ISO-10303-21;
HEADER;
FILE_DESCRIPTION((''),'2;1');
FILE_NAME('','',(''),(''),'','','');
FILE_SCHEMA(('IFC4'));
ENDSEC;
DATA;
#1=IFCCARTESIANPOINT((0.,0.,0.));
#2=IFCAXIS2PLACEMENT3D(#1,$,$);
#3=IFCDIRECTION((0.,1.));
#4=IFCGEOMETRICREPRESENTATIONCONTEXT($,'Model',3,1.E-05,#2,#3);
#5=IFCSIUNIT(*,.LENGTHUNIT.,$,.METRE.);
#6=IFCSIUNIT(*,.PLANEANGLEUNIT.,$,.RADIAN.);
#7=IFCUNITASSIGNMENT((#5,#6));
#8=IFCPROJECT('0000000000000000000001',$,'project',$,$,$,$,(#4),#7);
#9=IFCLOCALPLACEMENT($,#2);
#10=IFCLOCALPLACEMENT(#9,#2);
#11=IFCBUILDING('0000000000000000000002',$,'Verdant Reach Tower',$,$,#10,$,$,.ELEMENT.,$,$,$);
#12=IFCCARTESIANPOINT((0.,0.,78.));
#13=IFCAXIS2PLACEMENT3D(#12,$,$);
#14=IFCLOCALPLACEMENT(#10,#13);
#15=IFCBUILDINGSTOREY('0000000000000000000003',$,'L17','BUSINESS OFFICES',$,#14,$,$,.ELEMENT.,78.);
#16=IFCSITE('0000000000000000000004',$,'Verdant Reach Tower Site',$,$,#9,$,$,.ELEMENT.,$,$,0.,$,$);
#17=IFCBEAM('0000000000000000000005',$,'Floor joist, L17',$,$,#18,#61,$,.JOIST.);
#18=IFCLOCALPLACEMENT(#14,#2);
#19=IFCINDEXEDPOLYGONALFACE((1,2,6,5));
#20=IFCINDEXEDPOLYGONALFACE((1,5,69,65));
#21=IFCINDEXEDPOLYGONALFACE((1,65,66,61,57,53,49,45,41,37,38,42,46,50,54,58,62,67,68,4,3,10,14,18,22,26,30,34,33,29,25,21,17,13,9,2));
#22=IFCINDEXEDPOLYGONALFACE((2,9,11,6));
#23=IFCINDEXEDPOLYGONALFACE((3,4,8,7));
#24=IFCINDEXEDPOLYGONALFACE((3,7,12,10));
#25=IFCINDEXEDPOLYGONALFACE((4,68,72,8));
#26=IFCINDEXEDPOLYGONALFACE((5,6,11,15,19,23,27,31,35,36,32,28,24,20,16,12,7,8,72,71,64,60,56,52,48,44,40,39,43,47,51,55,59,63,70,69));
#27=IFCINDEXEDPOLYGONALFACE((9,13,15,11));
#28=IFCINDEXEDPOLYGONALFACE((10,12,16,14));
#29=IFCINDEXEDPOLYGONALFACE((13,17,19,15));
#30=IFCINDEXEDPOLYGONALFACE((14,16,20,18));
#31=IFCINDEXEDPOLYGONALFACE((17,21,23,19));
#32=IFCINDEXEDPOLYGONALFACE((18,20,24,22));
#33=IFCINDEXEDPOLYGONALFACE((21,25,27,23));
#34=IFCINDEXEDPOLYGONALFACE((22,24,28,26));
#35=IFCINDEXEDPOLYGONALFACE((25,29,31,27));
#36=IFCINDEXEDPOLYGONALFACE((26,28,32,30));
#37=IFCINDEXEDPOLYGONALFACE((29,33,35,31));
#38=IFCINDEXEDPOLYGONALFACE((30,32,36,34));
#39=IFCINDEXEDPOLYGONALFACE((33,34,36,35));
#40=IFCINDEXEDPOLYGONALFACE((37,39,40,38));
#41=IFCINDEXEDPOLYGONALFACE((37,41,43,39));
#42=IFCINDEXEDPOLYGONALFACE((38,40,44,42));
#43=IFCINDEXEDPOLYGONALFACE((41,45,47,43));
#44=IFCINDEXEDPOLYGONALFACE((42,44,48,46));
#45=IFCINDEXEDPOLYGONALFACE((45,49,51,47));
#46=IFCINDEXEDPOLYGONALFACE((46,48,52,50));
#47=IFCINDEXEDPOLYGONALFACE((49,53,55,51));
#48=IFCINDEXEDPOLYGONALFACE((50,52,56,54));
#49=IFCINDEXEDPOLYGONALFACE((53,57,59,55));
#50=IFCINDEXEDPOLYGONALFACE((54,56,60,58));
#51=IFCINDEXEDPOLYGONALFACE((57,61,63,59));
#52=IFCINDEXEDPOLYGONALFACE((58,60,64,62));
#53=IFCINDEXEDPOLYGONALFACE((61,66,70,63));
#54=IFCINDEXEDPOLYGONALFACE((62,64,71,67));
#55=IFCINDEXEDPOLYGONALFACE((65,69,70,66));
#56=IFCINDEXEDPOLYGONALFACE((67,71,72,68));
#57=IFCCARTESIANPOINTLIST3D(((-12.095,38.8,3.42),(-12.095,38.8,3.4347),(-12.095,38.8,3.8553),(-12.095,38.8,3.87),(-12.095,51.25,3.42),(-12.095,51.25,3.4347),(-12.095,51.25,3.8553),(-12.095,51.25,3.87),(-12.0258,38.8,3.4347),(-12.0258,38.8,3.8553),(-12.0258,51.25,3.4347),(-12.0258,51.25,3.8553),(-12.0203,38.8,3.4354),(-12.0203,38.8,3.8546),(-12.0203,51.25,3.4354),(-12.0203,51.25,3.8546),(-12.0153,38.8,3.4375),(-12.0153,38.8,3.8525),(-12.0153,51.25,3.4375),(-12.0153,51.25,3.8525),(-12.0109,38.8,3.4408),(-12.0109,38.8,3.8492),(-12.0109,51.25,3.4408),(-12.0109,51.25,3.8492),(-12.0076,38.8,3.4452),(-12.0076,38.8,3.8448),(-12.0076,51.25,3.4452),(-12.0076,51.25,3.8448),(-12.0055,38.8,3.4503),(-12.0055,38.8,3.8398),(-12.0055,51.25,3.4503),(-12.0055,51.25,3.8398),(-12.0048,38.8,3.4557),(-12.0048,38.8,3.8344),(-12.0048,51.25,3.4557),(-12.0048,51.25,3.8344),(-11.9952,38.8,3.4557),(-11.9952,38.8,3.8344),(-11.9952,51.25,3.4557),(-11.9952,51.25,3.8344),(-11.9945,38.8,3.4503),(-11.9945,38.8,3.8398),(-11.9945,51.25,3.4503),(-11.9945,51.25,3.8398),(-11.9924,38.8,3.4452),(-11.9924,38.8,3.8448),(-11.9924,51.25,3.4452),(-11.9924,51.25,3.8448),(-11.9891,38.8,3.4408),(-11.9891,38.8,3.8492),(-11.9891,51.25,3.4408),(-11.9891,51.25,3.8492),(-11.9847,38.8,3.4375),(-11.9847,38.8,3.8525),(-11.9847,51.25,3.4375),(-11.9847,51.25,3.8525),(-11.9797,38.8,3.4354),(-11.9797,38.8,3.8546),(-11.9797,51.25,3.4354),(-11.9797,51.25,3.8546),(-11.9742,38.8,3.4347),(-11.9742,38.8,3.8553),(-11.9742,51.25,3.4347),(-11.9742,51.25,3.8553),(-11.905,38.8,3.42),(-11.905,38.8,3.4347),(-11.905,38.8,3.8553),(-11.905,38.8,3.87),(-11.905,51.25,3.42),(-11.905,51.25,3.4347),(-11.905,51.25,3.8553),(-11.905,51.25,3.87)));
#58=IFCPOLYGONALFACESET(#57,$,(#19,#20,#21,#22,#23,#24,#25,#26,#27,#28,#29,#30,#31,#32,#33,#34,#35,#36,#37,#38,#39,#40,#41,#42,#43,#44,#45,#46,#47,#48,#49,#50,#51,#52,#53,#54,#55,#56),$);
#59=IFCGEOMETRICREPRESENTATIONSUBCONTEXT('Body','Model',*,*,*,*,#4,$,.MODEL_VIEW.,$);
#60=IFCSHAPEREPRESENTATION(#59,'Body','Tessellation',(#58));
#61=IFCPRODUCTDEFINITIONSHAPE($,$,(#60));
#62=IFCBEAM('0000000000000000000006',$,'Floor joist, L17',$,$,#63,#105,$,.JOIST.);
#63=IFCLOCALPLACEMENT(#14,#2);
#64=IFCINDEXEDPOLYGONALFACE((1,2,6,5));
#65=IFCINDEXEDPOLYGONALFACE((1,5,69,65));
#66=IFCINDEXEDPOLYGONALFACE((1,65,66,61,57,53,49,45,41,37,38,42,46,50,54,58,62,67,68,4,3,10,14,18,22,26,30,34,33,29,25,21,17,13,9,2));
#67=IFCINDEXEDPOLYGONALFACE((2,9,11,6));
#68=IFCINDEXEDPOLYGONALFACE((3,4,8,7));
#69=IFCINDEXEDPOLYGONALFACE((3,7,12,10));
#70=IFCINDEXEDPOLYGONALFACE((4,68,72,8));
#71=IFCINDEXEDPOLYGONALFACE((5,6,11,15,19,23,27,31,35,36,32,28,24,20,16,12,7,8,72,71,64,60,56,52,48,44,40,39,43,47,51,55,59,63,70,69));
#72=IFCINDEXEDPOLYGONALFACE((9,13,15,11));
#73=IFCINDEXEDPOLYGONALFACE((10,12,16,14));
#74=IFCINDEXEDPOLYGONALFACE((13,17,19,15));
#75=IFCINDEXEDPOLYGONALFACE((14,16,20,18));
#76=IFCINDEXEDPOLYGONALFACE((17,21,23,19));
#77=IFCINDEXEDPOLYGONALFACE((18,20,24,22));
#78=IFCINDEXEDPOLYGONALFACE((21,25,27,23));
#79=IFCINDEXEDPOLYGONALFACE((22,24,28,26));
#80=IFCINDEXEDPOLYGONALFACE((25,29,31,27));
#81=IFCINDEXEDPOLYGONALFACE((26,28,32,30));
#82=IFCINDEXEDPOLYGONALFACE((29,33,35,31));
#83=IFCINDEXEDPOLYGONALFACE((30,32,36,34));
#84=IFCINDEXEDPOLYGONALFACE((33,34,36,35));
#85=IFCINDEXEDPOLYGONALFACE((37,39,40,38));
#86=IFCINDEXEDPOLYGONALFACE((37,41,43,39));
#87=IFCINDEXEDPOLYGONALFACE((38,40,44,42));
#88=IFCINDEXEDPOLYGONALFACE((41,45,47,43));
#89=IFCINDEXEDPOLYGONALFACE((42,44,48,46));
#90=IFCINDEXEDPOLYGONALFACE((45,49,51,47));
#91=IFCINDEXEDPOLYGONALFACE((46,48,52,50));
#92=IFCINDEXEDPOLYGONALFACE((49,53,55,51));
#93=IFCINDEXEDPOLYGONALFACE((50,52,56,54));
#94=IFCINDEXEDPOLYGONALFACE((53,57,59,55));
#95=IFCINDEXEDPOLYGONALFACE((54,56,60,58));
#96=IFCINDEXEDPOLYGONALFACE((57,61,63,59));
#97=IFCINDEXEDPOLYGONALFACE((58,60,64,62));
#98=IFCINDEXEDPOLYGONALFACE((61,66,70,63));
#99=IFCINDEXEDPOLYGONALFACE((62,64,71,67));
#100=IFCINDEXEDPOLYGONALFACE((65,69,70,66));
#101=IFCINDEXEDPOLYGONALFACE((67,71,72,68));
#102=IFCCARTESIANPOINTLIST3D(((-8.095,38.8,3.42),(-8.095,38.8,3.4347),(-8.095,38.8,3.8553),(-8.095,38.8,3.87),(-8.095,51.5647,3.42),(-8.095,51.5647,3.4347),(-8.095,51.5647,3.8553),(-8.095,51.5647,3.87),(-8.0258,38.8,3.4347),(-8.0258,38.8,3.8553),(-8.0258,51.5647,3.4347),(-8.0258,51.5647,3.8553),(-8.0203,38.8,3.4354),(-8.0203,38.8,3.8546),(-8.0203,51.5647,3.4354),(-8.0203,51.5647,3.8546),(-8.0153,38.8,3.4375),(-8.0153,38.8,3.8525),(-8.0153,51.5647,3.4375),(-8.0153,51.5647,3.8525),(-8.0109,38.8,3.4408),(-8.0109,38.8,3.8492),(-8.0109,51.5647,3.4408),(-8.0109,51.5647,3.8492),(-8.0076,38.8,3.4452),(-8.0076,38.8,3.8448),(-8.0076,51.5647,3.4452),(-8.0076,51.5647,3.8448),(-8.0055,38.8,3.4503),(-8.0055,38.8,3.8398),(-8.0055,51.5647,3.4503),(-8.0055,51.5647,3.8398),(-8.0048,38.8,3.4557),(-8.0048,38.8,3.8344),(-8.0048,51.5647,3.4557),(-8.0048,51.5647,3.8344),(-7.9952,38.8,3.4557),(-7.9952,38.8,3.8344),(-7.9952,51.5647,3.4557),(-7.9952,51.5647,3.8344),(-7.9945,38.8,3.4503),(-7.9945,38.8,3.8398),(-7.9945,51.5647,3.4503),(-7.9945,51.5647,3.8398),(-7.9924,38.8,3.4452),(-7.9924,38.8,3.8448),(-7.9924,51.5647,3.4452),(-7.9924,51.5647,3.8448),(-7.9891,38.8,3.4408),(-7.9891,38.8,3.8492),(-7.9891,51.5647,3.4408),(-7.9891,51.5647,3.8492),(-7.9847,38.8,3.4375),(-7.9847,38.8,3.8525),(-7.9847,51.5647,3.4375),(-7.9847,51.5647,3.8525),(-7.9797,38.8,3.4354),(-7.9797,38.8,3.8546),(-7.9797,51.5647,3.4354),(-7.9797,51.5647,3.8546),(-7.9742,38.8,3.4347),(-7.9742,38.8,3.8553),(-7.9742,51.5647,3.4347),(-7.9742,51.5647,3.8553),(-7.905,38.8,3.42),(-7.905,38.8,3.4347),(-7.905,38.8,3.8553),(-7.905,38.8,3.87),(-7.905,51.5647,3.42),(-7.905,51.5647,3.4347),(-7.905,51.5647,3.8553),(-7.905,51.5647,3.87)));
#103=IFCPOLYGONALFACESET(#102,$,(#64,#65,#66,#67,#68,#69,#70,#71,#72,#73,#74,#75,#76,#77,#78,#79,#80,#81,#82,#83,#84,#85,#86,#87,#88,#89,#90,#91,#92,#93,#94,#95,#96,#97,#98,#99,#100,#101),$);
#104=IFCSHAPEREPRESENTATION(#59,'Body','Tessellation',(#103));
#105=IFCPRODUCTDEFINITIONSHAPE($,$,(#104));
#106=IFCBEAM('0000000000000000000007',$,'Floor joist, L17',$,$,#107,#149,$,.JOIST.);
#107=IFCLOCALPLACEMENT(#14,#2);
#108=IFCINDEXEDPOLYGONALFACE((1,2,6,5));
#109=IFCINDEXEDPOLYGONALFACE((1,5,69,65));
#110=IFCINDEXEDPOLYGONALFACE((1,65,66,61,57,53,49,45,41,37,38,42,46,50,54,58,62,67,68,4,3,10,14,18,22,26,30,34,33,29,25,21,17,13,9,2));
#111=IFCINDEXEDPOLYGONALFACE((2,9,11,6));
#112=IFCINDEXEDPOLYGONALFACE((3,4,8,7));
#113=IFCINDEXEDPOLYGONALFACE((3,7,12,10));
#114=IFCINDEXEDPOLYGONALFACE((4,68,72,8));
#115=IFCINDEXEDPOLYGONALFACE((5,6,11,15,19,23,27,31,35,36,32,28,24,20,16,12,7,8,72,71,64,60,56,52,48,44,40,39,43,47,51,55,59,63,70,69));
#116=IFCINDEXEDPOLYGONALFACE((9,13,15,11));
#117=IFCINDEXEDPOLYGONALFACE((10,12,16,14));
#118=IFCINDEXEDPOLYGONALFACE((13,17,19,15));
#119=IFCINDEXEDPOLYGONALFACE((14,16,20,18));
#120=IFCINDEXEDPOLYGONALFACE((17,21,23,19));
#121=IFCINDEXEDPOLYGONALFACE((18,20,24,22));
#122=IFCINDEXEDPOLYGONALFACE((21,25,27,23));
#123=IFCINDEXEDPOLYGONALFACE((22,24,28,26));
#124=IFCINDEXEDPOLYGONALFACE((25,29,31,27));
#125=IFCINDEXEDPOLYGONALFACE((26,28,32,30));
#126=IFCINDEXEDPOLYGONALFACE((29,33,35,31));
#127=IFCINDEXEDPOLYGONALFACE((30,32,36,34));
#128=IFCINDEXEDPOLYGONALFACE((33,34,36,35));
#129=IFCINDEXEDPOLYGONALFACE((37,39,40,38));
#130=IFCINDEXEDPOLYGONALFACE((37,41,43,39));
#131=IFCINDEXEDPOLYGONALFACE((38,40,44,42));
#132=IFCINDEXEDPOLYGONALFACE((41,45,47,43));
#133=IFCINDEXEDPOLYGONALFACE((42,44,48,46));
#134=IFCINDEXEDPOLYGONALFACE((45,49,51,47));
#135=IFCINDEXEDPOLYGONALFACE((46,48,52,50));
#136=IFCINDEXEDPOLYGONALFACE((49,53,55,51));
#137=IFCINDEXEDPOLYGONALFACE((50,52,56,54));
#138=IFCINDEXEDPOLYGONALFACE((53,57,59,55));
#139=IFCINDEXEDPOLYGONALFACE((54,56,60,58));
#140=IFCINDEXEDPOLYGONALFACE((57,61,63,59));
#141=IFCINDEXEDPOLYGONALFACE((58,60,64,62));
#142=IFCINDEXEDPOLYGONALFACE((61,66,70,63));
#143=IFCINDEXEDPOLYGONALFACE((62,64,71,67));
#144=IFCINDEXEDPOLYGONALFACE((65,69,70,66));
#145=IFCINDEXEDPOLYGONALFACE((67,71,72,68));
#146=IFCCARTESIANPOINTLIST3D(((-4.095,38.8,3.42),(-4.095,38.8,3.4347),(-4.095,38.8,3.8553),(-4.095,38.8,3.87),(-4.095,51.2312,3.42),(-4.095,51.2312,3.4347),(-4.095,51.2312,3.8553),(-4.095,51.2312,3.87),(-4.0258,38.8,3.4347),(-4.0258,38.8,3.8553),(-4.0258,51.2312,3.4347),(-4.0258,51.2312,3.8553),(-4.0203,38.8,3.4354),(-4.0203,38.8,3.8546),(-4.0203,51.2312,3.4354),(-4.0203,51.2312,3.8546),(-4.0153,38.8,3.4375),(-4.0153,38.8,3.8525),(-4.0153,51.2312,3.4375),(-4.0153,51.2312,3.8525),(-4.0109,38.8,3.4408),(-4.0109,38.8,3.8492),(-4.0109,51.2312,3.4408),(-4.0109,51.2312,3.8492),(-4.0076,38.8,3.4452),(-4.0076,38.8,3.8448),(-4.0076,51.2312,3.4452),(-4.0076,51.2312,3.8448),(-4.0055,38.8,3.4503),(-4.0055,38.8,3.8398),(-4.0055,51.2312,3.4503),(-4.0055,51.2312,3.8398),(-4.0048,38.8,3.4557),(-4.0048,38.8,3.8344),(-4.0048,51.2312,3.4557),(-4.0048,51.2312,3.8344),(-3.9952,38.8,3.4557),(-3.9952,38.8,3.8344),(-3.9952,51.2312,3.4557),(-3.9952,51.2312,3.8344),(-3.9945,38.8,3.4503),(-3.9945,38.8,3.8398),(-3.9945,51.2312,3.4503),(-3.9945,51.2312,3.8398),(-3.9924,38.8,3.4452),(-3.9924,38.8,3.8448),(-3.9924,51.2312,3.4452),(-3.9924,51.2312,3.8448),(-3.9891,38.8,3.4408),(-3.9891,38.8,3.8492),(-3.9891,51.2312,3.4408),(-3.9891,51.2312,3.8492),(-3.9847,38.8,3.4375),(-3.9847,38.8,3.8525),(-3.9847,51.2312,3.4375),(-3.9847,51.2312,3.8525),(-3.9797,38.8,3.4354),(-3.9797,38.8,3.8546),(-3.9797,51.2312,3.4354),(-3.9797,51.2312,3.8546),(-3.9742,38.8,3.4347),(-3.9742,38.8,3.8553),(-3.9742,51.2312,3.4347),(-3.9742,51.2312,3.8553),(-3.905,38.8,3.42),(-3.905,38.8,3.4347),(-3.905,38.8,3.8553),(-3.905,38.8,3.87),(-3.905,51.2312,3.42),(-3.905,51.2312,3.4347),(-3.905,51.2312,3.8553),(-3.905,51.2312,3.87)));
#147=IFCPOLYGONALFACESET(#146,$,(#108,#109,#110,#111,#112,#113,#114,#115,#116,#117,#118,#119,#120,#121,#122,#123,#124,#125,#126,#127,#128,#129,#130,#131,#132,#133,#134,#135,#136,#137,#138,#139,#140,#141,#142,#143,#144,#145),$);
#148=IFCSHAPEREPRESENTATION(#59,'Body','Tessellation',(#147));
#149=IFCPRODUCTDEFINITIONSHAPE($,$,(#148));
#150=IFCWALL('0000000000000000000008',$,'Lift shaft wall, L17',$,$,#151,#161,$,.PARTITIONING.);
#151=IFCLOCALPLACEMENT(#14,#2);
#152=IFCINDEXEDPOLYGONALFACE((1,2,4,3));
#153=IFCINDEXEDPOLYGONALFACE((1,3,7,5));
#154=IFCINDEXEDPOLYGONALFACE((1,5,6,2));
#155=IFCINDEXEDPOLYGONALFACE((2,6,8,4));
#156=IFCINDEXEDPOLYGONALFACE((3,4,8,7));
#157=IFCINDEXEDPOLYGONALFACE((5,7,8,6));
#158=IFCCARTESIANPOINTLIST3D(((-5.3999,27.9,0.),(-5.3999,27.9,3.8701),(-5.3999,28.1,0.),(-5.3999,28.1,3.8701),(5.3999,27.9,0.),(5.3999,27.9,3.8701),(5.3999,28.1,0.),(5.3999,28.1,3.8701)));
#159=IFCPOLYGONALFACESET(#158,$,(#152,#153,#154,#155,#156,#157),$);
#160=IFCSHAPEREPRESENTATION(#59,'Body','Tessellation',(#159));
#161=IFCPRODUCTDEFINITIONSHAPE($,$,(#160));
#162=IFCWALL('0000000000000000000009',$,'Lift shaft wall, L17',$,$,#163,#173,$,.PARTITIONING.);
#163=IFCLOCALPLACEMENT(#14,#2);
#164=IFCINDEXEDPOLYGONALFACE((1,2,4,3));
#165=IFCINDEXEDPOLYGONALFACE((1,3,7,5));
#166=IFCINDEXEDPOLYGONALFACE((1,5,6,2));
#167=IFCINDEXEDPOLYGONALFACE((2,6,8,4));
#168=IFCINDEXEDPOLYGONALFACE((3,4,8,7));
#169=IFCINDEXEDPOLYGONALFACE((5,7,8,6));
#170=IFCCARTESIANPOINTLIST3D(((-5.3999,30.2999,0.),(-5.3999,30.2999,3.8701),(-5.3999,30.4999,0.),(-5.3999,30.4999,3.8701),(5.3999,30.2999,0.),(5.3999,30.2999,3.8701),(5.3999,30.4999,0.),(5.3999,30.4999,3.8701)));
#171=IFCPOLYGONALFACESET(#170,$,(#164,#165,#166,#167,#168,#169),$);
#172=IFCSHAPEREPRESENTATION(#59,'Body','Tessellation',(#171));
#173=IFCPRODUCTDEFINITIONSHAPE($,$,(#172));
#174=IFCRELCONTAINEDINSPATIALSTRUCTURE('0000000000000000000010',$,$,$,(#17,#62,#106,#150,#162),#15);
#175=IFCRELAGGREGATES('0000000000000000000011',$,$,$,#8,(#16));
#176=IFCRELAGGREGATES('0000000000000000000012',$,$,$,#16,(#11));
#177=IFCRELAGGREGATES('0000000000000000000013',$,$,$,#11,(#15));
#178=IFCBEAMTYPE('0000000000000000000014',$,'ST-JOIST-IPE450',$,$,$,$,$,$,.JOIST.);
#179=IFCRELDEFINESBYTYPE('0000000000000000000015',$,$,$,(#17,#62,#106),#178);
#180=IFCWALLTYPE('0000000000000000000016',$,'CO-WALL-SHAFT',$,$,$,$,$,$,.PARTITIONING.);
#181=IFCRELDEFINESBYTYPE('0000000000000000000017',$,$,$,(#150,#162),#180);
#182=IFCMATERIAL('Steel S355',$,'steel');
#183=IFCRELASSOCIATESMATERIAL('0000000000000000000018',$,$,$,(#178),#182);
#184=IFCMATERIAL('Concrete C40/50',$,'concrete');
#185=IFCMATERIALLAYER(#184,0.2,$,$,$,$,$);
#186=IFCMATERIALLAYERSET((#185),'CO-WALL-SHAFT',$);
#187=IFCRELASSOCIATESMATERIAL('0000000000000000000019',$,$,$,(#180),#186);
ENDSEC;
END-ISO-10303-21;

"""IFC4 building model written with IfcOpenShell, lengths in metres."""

from ifc_helpers import new_model, si_unit, direction, frame, frame_2d, origin, origin_2d, place, context, subcontext, project, spatial, rectangle, i_section, extrude, material, layer, layer_set, material_profile, profile_set, type_object, element, save


model = new_model("IFC4")

# Units and contexts
model_context = context("Model", 3, precision=1e-05, world=origin(), true_north=direction((0.0, 1.0)))
body_context = subcontext(model_context, "Body", "Model", "MODEL_VIEW")
ifc_project = project(units=[si_unit("LENGTHUNIT", "METRE"), si_unit("PLANEANGLEUNIT", "RADIAN")], contexts=[model_context])

# Site, building, storey
site_placement = place(None, origin())
site = spatial("IfcSite", under=ifc_project, at=site_placement, Name="Verdant Reach Tower Site", CompositionType="ELEMENT", RefElevation=0.0)
building_placement = place(site_placement, origin())
building = spatial("IfcBuilding", under=site, at=building_placement, Name="Verdant Reach Tower", CompositionType="ELEMENT")
storey_placement = place(building_placement, frame((0.0, 0.0, 78.0)))
storey = spatial("IfcBuildingStorey", under=building, at=storey_placement, Name="L17", Description="BUSINESS OFFICES", CompositionType="ELEMENT", Elevation=78.0)

# Beams
ifc_material_1 = material(Name="Steel S355", Category="steel")
ifc_material_profile = material_profile(ifc_material_1, i_section(OverallWidth=0.1899, OverallDepth=0.45, WebThickness=0.0095, FlangeThickness=0.0146, FilletRadius=0.021, at=origin_2d()), Name="IPE 450")
ifc_profile_set = profile_set([ifc_material_profile], Name="Steel S355")
beam_type = type_object("IfcBeamType", Name="ST-JOIST-IPE450", PredefinedType="JOIST", material=ifc_profile_set)
beam_1_placement = place(storey_placement, frame((-12.0, 38.8, 3.645), z_axis=(0.0, 1.0, 0.0), x_axis=(-1.0, 0.0, 0.0)))
element("IfcBeam", 1, at=beam_1_placement, inside=storey, type_object=beam_type, Name="Floor joist, L17", PredefinedType="JOIST", context=body_context, shape_type="SweptSolid", body=[
    extrude(i_section(OverallWidth=0.1899, OverallDepth=0.45, WebThickness=0.0095, FlangeThickness=0.0146, FilletRadius=0.021, at=origin_2d()), origin(), (0.0, 0.0, 1.0), 12.45),
])
beam_2_placement = place(storey_placement, frame((-8.0, 38.8, 3.645), z_axis=(0.0, 1.0, 0.0), x_axis=(-1.0, 0.0, 0.0)))
element("IfcBeam", 2, at=beam_2_placement, inside=storey, type_object=beam_type, Name="Floor joist, L17", PredefinedType="JOIST", context=body_context, shape_type="SweptSolid", body=[
    extrude(i_section(OverallWidth=0.1899, OverallDepth=0.45, WebThickness=0.0095, FlangeThickness=0.0146, FilletRadius=0.021, at=origin_2d()), origin(), (0.0, 0.0, 1.0), 12.7646),
])
beam_3_placement = place(storey_placement, frame((-4.0, 38.8, 3.645), z_axis=(0.0, 1.0, 0.0), x_axis=(-1.0, 0.0, 0.0)))
element("IfcBeam", 3, at=beam_3_placement, inside=storey, type_object=beam_type, Name="Floor joist, L17", PredefinedType="JOIST", context=body_context, shape_type="SweptSolid", body=[
    extrude(i_section(OverallWidth=0.1899, OverallDepth=0.45, WebThickness=0.0095, FlangeThickness=0.0146, FilletRadius=0.021, at=origin_2d()), origin(), (0.0, 0.0, 1.0), 12.4312),
])

# Walls
ifc_material_2 = material(Name="Concrete C40/50", Category="concrete")
ifc_layer_1 = layer(ifc_material_2, 0.2)
ifc_layer_set_1 = layer_set([ifc_layer_1], Name="CO-WALL-SHAFT")
wall_type_1 = type_object("IfcWallType", Name="CO-WALL-SHAFT", PredefinedType="PARTITIONING", material=ifc_layer_set_1)
for number, where, z_axis, x_axis, name in (
    (4, (-5.3999, 28.0, 0.0), (0.0, 0.0, 1.0), (1.0, 0.0, 0.0), "Lift shaft wall, L17"),
    (5, (-5.3999, 30.3999, 0.0), (0.0, 0.0, 1.0), (1.0, 0.0, 0.0), "Lift shaft wall, L17"),
):
    element("IfcWall", number, at=place(storey_placement, frame(where, z_axis=z_axis, x_axis=x_axis)), inside=storey, type_object=wall_type_1, Name=name, PredefinedType="PARTITIONING", context=body_context, shape_type="SweptSolid", body=[
        extrude(rectangle(XDim=10.7998, YDim=0.2, at=frame_2d((5.3999, 0.0))), origin(), (0.0, 0.0, 1.0), 3.8701),
    ])

save(model, "model.ifc")
